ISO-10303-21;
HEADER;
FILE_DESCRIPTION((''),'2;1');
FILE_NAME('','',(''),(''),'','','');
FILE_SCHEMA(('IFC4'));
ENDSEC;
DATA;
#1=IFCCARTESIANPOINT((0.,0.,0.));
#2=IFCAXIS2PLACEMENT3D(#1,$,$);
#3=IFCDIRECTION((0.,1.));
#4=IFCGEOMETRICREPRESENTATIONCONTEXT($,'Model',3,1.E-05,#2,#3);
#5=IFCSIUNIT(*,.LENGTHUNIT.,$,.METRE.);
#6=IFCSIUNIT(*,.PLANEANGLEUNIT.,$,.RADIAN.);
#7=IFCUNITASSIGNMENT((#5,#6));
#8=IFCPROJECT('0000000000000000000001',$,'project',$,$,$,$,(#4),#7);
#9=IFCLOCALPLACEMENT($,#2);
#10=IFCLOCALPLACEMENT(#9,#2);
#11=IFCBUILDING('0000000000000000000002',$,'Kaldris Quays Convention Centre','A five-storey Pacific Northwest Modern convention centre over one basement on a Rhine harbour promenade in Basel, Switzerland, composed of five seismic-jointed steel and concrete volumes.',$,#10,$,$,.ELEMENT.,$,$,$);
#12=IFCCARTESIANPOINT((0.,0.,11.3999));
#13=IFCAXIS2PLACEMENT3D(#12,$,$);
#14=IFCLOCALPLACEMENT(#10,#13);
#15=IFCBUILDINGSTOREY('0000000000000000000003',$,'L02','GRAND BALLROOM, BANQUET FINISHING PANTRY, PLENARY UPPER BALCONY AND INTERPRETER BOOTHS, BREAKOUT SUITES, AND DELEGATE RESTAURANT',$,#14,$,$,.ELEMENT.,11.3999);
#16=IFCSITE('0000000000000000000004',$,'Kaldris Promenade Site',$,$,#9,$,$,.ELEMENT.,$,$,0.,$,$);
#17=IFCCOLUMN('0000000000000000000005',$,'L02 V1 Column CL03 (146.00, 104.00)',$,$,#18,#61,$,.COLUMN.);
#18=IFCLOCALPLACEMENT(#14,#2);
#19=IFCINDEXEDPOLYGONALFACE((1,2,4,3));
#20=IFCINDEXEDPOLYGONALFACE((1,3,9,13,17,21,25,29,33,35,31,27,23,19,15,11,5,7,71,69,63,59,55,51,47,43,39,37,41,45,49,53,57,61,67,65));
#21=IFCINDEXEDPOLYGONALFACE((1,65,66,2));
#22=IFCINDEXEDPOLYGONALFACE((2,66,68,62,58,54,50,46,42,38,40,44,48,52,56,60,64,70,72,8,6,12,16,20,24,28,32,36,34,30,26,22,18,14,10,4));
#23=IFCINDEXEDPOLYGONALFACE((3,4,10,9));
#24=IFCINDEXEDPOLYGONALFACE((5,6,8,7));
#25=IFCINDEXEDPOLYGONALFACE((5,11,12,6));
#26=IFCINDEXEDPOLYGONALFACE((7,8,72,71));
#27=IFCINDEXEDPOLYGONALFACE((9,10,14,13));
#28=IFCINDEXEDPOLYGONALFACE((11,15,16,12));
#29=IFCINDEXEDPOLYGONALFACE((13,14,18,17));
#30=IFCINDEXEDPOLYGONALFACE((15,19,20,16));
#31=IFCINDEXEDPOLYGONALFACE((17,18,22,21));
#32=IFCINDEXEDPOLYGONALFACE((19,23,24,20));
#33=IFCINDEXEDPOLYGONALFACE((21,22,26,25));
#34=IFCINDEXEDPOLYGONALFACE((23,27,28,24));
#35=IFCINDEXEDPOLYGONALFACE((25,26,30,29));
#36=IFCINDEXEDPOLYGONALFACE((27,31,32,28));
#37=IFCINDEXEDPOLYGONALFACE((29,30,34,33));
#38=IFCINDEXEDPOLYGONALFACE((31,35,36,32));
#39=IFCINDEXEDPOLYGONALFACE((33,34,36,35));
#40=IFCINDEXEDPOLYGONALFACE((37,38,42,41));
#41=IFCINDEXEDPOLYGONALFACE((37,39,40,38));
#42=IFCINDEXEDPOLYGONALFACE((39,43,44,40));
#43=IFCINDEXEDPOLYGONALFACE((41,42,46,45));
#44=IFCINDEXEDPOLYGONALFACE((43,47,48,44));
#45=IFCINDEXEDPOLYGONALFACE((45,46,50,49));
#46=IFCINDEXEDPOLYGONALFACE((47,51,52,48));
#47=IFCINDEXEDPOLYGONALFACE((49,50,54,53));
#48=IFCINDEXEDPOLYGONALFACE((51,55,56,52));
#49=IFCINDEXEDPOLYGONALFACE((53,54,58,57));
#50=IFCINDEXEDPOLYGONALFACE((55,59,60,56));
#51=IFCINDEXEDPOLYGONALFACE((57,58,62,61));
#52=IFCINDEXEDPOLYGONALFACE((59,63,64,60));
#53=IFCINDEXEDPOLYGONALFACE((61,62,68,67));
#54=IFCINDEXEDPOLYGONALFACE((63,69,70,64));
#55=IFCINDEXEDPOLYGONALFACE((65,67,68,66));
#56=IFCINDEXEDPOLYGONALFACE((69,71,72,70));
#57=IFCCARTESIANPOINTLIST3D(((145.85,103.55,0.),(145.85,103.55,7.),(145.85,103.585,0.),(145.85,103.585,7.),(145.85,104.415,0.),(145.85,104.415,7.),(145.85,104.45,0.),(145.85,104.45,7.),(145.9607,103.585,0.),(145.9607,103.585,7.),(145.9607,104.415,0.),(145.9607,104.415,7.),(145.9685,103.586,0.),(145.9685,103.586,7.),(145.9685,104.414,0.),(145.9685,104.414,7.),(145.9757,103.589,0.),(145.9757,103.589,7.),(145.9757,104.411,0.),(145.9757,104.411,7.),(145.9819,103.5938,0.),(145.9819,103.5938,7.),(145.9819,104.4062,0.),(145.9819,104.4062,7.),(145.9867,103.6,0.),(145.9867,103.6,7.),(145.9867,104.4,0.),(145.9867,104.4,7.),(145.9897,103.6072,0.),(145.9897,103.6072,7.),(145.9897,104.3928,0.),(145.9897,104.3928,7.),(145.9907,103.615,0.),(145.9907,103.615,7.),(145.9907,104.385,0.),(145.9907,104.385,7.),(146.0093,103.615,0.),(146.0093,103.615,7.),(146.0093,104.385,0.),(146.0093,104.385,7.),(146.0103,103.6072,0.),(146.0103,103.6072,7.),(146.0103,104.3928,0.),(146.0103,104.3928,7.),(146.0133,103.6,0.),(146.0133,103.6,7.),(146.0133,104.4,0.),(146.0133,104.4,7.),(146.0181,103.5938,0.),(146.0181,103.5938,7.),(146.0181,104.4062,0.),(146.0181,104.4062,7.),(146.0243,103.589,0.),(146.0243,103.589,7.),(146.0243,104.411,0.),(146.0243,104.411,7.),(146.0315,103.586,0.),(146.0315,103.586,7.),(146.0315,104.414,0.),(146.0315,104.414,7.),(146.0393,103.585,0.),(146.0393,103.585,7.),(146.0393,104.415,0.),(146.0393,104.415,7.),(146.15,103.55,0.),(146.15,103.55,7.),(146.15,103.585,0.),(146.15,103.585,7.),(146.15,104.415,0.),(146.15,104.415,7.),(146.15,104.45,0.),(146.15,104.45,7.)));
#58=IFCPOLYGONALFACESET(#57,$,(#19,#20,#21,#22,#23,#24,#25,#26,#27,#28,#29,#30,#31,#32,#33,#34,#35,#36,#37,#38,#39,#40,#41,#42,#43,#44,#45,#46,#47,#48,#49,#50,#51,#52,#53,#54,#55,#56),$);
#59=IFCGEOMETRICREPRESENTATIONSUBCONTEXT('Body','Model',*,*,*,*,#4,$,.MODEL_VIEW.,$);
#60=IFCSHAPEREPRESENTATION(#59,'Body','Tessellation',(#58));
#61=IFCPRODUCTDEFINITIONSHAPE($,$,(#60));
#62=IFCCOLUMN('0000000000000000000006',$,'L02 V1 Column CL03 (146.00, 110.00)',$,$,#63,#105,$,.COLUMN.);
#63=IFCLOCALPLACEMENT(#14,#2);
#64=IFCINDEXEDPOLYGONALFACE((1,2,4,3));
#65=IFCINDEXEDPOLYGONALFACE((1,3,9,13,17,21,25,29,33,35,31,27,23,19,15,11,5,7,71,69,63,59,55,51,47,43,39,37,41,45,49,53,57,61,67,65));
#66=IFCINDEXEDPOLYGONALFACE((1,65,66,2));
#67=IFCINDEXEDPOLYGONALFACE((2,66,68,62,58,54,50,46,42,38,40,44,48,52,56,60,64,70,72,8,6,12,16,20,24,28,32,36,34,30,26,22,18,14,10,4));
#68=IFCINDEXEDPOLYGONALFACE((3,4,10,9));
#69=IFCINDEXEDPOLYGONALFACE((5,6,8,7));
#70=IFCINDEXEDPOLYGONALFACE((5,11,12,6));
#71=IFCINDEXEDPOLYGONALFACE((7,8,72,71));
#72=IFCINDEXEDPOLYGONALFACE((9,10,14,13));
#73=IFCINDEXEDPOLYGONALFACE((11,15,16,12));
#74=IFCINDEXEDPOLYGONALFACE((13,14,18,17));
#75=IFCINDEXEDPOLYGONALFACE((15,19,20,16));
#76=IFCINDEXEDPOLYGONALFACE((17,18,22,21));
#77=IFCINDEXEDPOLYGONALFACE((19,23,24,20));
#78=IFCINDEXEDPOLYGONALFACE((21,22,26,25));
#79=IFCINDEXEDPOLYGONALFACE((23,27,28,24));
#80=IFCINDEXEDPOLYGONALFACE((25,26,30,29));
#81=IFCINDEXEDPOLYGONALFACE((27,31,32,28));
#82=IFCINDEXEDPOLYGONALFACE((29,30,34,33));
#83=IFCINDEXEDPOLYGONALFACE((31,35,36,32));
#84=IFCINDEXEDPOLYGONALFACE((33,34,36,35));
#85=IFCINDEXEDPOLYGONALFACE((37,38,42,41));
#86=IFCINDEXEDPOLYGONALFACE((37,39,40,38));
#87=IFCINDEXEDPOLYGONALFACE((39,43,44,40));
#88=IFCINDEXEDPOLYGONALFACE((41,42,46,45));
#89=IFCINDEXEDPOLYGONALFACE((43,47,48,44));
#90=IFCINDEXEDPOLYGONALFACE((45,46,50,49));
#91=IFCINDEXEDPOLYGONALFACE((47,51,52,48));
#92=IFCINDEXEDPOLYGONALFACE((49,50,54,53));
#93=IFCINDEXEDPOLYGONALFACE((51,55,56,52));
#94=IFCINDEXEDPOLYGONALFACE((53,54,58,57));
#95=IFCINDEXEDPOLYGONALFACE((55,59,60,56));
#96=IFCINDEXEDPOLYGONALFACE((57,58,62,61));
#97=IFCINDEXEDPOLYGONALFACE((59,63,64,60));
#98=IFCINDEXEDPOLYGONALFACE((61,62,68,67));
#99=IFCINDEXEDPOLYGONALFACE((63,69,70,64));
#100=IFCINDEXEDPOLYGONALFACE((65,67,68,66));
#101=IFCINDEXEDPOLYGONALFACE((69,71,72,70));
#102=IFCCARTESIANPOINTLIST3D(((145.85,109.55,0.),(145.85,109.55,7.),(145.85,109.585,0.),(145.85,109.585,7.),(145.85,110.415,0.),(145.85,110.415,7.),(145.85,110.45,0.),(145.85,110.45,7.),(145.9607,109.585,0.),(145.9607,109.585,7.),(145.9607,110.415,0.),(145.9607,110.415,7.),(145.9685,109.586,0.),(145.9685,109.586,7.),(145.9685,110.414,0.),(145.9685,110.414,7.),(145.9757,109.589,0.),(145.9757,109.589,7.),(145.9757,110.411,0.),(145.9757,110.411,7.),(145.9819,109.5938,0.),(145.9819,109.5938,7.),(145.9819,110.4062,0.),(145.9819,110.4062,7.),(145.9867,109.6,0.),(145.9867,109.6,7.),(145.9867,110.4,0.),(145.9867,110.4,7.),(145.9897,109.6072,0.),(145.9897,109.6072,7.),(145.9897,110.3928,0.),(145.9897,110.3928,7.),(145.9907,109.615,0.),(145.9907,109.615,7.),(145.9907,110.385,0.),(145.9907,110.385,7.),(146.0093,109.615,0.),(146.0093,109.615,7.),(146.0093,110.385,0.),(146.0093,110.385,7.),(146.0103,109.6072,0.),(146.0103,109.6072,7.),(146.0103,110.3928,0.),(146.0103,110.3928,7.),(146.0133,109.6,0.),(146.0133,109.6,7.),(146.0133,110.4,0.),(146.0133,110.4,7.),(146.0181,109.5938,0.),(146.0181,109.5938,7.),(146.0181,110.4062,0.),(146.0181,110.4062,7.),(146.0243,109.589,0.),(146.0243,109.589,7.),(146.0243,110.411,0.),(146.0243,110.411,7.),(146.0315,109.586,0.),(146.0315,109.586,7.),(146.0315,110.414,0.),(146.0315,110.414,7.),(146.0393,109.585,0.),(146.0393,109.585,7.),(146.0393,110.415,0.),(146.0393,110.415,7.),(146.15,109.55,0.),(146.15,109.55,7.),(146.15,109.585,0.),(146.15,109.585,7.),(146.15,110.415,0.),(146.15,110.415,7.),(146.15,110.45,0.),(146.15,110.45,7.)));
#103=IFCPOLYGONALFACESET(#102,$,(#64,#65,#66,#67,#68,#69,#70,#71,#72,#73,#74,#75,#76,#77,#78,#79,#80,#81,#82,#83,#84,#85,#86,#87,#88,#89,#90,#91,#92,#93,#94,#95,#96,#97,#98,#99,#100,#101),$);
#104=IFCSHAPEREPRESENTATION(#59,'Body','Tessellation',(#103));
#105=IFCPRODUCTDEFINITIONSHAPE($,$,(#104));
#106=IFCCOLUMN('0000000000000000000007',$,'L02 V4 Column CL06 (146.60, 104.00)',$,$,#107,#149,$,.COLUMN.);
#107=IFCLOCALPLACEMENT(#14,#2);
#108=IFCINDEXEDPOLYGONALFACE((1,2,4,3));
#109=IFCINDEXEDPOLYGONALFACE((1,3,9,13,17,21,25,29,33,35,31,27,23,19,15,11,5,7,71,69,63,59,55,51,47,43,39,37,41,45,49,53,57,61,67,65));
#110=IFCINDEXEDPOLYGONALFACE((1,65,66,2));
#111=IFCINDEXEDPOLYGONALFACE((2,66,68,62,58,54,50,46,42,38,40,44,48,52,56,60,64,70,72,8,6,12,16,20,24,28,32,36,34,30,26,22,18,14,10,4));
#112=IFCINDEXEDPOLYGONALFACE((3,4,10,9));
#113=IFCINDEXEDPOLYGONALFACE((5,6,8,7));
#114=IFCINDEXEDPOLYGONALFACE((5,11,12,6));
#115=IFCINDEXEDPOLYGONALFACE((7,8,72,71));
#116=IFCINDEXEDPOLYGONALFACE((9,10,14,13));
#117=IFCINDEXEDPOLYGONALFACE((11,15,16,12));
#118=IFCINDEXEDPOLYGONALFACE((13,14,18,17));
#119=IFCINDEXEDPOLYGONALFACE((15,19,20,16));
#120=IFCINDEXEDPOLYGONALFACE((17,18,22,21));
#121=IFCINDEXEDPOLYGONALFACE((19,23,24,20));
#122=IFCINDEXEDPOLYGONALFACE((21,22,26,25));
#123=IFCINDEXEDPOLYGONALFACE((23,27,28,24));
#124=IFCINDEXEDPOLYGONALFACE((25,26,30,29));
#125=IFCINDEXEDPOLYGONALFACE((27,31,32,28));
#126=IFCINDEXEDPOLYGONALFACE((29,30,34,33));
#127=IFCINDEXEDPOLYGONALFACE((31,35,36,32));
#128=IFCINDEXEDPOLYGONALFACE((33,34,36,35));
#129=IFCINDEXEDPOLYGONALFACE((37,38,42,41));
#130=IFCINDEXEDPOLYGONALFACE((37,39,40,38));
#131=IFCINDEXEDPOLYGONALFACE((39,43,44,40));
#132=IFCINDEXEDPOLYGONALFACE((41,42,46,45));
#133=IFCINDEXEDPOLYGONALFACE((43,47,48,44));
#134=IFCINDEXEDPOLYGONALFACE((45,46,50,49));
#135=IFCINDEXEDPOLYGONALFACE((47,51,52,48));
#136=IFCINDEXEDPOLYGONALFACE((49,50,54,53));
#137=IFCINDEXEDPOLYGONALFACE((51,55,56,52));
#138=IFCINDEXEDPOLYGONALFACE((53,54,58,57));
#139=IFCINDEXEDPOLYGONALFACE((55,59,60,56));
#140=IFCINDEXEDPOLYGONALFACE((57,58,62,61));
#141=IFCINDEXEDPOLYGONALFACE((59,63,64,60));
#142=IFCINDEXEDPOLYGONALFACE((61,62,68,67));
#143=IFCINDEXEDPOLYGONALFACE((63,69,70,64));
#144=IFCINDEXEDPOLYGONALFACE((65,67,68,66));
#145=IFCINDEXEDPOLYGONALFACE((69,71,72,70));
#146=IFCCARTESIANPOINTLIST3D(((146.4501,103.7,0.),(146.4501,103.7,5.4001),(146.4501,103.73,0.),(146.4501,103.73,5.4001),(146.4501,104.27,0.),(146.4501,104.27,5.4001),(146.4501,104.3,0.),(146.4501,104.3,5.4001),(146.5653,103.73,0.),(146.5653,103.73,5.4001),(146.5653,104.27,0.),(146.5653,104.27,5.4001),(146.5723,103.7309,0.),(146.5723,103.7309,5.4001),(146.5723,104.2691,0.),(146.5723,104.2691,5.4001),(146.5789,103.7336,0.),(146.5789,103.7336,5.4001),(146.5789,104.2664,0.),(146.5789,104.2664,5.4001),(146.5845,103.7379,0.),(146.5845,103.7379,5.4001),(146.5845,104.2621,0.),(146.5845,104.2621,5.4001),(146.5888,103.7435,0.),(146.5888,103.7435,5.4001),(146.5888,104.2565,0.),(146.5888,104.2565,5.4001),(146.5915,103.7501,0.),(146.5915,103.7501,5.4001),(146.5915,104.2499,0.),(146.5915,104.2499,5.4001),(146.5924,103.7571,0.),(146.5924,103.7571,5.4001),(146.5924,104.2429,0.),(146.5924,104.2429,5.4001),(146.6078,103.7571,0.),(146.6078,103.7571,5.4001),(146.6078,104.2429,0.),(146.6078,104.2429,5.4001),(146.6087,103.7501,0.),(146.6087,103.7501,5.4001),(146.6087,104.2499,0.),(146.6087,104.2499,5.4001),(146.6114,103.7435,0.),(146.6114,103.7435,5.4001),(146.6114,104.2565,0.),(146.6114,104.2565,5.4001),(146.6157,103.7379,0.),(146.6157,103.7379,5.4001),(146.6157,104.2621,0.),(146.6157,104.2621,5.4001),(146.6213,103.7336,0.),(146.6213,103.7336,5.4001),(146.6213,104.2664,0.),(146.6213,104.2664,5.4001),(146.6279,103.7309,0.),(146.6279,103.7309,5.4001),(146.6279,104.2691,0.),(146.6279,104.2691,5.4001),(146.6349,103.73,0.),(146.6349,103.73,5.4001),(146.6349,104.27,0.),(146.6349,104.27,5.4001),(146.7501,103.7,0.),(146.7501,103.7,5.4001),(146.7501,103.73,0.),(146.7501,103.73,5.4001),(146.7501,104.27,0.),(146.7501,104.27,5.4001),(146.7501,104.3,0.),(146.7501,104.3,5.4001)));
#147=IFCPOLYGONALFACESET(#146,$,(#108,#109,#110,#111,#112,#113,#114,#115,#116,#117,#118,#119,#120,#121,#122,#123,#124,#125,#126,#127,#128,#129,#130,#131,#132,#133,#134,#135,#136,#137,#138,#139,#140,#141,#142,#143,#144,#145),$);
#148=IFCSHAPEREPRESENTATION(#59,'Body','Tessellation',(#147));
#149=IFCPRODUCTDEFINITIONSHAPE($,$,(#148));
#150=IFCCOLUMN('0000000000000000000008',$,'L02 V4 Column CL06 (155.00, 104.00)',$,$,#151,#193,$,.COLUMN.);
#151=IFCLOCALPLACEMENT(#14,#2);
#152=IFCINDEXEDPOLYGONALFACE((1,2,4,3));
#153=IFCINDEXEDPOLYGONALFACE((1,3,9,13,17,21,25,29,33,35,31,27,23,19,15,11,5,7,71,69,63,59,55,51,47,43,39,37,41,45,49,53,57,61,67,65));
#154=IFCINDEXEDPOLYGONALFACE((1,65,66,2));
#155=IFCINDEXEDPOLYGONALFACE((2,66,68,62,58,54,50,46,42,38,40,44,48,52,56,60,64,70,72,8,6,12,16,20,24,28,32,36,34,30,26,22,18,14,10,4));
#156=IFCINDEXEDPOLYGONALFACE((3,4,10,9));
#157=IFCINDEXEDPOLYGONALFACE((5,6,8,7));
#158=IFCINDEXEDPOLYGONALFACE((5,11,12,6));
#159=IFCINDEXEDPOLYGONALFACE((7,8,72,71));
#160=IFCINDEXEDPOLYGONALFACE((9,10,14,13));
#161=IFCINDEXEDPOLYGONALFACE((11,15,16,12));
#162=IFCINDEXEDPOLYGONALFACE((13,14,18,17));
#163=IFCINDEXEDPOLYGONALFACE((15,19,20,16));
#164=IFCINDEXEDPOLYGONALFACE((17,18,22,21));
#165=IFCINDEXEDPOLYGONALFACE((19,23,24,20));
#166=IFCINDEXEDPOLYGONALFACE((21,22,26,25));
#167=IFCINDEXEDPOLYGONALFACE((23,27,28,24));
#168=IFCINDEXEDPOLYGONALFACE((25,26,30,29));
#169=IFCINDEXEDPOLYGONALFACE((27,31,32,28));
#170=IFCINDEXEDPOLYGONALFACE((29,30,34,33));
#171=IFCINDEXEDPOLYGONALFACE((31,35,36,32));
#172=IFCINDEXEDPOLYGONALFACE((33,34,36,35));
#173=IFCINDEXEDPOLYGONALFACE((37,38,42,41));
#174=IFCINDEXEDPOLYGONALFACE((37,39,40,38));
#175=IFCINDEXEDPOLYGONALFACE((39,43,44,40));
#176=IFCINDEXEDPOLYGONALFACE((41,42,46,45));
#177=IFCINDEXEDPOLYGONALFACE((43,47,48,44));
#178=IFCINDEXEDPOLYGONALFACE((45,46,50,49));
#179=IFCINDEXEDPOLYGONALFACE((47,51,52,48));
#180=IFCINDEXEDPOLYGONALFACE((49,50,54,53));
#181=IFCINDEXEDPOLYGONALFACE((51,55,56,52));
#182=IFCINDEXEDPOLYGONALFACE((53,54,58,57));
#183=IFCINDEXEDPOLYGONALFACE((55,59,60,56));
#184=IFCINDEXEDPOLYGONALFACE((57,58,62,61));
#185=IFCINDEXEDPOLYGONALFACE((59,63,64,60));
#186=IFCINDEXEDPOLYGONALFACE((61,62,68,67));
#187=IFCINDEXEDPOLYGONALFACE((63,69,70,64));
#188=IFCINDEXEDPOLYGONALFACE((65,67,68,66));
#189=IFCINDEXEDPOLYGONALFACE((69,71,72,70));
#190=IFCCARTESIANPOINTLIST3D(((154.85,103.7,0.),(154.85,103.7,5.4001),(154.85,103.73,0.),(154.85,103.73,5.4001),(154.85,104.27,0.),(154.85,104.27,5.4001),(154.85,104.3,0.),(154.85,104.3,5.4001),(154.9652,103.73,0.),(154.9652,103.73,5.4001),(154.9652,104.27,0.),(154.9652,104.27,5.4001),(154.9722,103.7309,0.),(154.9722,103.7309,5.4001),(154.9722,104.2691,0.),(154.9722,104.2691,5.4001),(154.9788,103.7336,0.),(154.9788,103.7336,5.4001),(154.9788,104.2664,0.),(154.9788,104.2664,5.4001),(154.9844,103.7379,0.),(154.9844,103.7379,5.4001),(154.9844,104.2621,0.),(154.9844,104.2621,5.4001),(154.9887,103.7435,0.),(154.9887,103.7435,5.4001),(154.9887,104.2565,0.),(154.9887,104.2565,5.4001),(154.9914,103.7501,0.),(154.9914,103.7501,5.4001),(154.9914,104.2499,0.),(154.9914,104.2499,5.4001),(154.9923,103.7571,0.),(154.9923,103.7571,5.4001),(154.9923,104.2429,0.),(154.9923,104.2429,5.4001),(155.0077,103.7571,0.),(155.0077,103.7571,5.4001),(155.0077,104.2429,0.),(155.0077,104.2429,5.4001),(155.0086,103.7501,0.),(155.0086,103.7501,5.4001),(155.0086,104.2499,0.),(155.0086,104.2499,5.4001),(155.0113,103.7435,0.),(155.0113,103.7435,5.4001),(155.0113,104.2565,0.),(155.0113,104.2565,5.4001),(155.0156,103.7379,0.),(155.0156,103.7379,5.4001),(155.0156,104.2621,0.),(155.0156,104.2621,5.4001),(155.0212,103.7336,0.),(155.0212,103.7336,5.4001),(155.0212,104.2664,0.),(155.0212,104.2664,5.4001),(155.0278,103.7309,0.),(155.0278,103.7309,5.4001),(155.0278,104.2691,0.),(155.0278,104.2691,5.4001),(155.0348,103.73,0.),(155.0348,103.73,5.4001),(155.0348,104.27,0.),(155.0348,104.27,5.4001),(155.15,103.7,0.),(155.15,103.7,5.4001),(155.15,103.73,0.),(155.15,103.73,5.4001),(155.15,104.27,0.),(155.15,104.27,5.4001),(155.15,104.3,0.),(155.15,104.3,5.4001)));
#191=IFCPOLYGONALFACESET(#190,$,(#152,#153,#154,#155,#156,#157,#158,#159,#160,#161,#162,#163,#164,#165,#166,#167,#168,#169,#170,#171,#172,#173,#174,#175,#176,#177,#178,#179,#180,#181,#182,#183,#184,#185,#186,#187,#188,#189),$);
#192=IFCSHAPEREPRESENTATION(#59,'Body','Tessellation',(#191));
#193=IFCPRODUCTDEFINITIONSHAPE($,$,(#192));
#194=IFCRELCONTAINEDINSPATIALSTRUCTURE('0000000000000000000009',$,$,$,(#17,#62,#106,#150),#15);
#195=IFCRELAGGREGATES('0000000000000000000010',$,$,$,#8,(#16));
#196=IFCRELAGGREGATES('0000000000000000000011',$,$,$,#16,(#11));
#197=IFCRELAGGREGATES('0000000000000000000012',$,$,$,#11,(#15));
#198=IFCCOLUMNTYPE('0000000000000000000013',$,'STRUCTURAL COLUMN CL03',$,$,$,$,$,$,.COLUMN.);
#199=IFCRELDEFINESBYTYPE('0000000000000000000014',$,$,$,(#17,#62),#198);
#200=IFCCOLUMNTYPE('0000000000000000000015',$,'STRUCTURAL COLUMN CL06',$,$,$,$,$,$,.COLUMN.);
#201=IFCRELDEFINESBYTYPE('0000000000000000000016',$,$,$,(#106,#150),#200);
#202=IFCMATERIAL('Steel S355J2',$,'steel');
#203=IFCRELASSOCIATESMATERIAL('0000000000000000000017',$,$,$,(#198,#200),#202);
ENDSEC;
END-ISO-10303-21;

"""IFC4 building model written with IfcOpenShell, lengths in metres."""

from ifc_helpers import new_model, si_unit, direction, frame, origin, origin_2d, place, context, subcontext, project, spatial, i_section, extrude, material, material_profile, profile_set, type_object, element, save


model = new_model("IFC4")

# Units and contexts
model_context = context("Model", 3, precision=1e-05, world=origin(), true_north=direction((0.0, 1.0)))
body_context = subcontext(model_context, "Body", "Model", "MODEL_VIEW")
ifc_project = project(units=[si_unit("LENGTHUNIT", "METRE"), si_unit("PLANEANGLEUNIT", "RADIAN")], contexts=[model_context])

# Site, building, storey
site_placement = place(None, origin())
site = spatial("IfcSite", under=ifc_project, at=site_placement, Name="Kaldris Promenade Site", CompositionType="ELEMENT", RefElevation=0.0)
building_placement = place(site_placement, origin())
building = spatial("IfcBuilding", under=site, at=building_placement, Name="Kaldris Quays Convention Centre", Description="A five-storey Pacific Northwest Modern convention centre over one basement on a Rhine harbour promenade in Basel, Switzerland, composed of five seismic-jointed steel and concrete volumes.", CompositionType="ELEMENT")
storey_placement = place(building_placement, frame((0.0, 0.0, 11.3999)))
storey = spatial("IfcBuildingStorey", under=building, at=storey_placement, Name="L02", Description="GRAND BALLROOM, BANQUET FINISHING PANTRY, PLENARY UPPER BALCONY AND INTERPRETER BOOTHS, BREAKOUT SUITES, AND DELEGATE RESTAURANT", CompositionType="ELEMENT", Elevation=11.3999)

# Columns
ifc_material_1 = material(Name="Steel S355J2", Category="steel")
ifc_material_profile_1 = material_profile(ifc_material_1, i_section(OverallWidth=0.3, OverallDepth=0.8999, WebThickness=0.0186, FlangeThickness=0.0349, FilletRadius=0.03, at=origin_2d()), Name="HEB 900")
ifc_profile_set_1 = profile_set([ifc_material_profile_1], Name="Steel S355J2")
column_type_1 = type_object("IfcColumnType", Name="STRUCTURAL COLUMN CL03", PredefinedType="COLUMN", material=ifc_profile_set_1)
for number, where, z_axis, x_axis, name in (
    (1, (146.0, 104.0, 0.0), (0.0, 0.0, 1.0), (1.0, 0.0, 0.0), "L02 V1 Column CL03 (146.00, 104.00)"),
    (2, (146.0, 110.0, 0.0), (0.0, 0.0, 1.0), (1.0, 0.0, 0.0), "L02 V1 Column CL03 (146.00, 110.00)"),
):
    element("IfcColumn", number, at=place(storey_placement, frame(where, z_axis=z_axis, x_axis=x_axis)), inside=storey, type_object=column_type_1, Name=name, PredefinedType="COLUMN", context=body_context, shape_type="SweptSolid", body=[
        extrude(i_section(OverallWidth=0.3, OverallDepth=0.8999, WebThickness=0.0186, FlangeThickness=0.0349, FilletRadius=0.03, at=origin_2d()), origin(), (0.0, 0.0, 1.0), 7.0),
    ])
ifc_material_profile_2 = material_profile(ifc_material_1, i_section(OverallWidth=0.3, OverallDepth=0.6001, WebThickness=0.0154, FlangeThickness=0.03, FilletRadius=0.0271, at=origin_2d()), Name="HEB 600")
ifc_profile_set_2 = profile_set([ifc_material_profile_2], Name="Steel S355J2")
column_type_2 = type_object("IfcColumnType", Name="STRUCTURAL COLUMN CL06", PredefinedType="COLUMN", material=ifc_profile_set_2)
for number, where, z_axis, x_axis, name in (
    (3, (146.6001, 104.0, 0.0), (0.0, 0.0, 1.0), (1.0, 0.0, 0.0), "L02 V4 Column CL06 (146.60, 104.00)"),
    (4, (155.0, 104.0, 0.0), (0.0, 0.0, 1.0), (1.0, 0.0, 0.0), "L02 V4 Column CL06 (155.00, 104.00)"),
):
    element("IfcColumn", number, at=place(storey_placement, frame(where, z_axis=z_axis, x_axis=x_axis)), inside=storey, type_object=column_type_2, Name=name, PredefinedType="COLUMN", context=body_context, shape_type="SweptSolid", body=[
        extrude(i_section(OverallWidth=0.3, OverallDepth=0.6001, WebThickness=0.0154, FlangeThickness=0.03, FilletRadius=0.0271, at=origin_2d()), origin(), (0.0, 0.0, 1.0), 5.4001),
    ])

save(model, "model.ifc")
